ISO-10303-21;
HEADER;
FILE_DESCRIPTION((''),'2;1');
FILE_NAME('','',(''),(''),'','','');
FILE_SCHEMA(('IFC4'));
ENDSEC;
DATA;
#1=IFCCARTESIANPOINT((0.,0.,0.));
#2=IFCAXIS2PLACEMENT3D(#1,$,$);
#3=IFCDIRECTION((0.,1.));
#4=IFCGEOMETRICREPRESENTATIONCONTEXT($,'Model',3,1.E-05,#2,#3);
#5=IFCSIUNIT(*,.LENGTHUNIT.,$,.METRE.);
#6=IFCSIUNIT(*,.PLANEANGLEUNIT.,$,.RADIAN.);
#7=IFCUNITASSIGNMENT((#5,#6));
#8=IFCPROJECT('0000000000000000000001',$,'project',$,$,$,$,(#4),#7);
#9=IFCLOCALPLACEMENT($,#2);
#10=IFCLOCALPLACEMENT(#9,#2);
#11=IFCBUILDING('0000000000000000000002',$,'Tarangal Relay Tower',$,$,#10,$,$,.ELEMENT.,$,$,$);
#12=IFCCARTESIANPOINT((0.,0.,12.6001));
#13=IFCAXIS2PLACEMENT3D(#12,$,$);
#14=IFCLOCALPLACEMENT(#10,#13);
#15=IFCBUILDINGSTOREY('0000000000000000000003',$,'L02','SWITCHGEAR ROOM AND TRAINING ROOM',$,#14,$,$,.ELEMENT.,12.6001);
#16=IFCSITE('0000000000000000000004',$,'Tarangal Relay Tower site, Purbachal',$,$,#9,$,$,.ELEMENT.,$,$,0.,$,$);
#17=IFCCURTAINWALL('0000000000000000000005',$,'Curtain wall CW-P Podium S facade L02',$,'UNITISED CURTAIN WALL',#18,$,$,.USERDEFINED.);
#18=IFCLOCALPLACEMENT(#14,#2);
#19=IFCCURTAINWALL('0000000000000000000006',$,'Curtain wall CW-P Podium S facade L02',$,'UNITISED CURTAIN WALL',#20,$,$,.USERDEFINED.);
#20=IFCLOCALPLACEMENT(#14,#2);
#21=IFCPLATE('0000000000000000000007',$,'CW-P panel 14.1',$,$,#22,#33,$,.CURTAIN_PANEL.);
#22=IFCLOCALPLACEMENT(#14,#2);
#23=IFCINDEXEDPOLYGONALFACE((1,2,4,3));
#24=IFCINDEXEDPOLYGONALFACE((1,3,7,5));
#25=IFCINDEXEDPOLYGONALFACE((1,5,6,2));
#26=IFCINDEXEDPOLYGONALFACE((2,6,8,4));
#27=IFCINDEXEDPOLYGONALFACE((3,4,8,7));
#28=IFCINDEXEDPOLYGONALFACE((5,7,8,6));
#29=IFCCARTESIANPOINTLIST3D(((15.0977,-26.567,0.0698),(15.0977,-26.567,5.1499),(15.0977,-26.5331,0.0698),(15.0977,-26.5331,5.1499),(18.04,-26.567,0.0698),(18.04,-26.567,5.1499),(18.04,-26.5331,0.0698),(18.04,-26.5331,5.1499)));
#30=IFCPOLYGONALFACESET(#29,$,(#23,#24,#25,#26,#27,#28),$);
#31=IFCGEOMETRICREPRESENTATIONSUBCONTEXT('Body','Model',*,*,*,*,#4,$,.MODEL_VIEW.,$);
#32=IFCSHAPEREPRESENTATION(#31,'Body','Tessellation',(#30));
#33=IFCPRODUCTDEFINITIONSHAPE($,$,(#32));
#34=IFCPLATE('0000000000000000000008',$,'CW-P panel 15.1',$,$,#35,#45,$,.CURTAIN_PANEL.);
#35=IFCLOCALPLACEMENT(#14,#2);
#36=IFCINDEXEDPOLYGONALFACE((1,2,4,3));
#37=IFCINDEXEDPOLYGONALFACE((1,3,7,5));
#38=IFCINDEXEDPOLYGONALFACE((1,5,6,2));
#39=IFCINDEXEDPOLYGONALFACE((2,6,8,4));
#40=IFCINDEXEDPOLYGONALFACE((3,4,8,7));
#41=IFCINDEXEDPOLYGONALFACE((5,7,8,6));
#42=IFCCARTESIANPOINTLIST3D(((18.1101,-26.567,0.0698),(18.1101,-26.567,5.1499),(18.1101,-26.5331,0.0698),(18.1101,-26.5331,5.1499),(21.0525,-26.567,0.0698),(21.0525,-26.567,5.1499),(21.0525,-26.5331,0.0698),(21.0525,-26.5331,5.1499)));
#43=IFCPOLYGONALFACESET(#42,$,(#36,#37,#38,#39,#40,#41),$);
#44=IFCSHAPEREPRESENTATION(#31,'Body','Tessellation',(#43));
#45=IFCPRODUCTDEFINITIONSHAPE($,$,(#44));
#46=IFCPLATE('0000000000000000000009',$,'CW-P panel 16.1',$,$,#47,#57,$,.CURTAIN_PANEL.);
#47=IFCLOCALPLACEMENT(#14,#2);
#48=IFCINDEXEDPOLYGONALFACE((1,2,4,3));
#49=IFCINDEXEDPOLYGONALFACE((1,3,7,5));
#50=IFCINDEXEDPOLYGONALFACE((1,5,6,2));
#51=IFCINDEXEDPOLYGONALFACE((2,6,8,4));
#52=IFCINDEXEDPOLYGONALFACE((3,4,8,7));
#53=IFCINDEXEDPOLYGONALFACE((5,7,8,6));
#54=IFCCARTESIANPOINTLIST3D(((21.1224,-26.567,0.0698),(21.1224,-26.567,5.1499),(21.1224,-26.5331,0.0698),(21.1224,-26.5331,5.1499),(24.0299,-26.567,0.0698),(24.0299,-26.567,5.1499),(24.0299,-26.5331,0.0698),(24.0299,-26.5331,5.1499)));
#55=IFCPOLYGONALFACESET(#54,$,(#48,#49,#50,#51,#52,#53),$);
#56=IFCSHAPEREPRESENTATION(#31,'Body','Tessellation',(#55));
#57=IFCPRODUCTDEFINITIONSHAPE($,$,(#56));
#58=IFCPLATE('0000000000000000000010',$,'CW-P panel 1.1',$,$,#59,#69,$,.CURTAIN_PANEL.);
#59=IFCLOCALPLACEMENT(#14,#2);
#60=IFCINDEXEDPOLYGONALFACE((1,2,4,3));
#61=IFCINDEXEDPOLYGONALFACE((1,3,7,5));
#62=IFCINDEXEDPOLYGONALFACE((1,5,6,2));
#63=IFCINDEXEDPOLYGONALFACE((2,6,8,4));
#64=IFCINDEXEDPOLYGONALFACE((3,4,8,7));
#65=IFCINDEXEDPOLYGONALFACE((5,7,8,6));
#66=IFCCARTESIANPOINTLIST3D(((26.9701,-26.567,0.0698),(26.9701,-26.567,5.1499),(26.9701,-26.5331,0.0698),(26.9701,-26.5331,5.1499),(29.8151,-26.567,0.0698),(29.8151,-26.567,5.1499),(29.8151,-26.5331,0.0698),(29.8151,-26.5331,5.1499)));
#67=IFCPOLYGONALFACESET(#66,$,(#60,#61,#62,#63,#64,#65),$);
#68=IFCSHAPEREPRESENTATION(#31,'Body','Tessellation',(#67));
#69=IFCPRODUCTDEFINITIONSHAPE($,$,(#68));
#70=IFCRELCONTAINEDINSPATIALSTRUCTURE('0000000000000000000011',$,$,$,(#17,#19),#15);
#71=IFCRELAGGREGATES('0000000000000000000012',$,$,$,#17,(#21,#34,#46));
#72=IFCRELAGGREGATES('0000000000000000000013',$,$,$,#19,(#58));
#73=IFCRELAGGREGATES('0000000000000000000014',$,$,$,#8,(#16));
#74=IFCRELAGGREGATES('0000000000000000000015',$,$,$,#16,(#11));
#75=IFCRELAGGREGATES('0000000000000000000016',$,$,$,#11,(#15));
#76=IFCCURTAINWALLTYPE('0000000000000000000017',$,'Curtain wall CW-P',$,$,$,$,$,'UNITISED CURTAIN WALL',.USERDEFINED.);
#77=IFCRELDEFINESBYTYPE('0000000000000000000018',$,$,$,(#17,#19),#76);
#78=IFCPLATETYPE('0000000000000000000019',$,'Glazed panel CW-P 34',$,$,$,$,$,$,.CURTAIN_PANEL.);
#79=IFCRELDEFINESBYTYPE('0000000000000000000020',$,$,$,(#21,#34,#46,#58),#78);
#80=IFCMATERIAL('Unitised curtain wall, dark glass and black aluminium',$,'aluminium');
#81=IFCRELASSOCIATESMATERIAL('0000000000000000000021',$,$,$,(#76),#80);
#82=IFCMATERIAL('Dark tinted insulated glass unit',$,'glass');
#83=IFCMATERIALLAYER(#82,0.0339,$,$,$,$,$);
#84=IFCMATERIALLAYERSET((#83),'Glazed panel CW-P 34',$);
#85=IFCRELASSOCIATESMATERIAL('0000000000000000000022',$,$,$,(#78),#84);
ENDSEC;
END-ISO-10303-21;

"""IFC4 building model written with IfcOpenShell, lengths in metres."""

from ifc_helpers import new_model, si_unit, direction, frame, origin, origin_2d, place, context, subcontext, project, spatial, rectangle, extrude, material, layer, layer_set, type_object, element, aggregate, save


model = new_model("IFC4")

# Units and contexts
model_context = context("Model", 3, precision=1e-05, world=origin(), true_north=direction((0.0, 1.0)))
body_context = subcontext(model_context, "Body", "Model", "MODEL_VIEW")
ifc_project = project(units=[si_unit("LENGTHUNIT", "METRE"), si_unit("PLANEANGLEUNIT", "RADIAN")], contexts=[model_context])

# Site, building, storey
site_placement = place(None, origin())
site = spatial("IfcSite", under=ifc_project, at=site_placement, Name="Tarangal Relay Tower site, Purbachal", CompositionType="ELEMENT", RefElevation=0.0)
building_placement = place(site_placement, origin())
building = spatial("IfcBuilding", under=site, at=building_placement, Name="Tarangal Relay Tower", CompositionType="ELEMENT")
storey_placement = place(building_placement, frame((0.0, 0.0, 12.6001)))
storey = spatial("IfcBuildingStorey", under=building, at=storey_placement, Name="L02", Description="SWITCHGEAR ROOM AND TRAINING ROOM", CompositionType="ELEMENT", Elevation=12.6001)

# Curtain walls
ifc_material_1 = material(Name="Unitised curtain wall, dark glass and black aluminium", Category="aluminium")
curtain_wall_type = type_object("IfcCurtainWallType", Name="Curtain wall CW-P", ElementType="UNITISED CURTAIN WALL", PredefinedType="USERDEFINED", material=ifc_material_1)
curtain_wall_1_placement = place(storey_placement, origin())
curtain_wall_1 = element("IfcCurtainWall", 1, at=curtain_wall_1_placement, inside=storey, type_object=curtain_wall_type, Name="Curtain wall CW-P Podium S facade L02", ObjectType="UNITISED CURTAIN WALL", PredefinedType="USERDEFINED")
curtain_wall_2_placement = place(storey_placement, origin())
curtain_wall_2 = element("IfcCurtainWall", 2, at=curtain_wall_2_placement, inside=storey, type_object=curtain_wall_type, Name="Curtain wall CW-P Podium S facade L02", ObjectType="UNITISED CURTAIN WALL", PredefinedType="USERDEFINED")

# Plates
ifc_material_2 = material(Name="Dark tinted insulated glass unit", Category="glass")
ifc_layer = layer(ifc_material_2, 0.0339)
ifc_layer_set = layer_set([ifc_layer], Name="Glazed panel CW-P 34")
plate_type = type_object("IfcPlateType", Name="Glazed panel CW-P 34", PredefinedType="CURTAIN_PANEL", material=ifc_layer_set)
plate_1_placement = place(storey_placement, frame((16.5688, -26.55, 0.0698), z_axis=(0.0, 0.0, 1.0), x_axis=(1.0, 0.0, 0.0)))
plate_1 = element("IfcPlate", 3, at=plate_1_placement, type_object=plate_type, Name="CW-P panel 14.1", PredefinedType="CURTAIN_PANEL", context=body_context, shape_type="SweptSolid", body=[
    extrude(rectangle(XDim=2.9424, YDim=0.0339, at=origin_2d()), origin(), (0.0, 0.0, 1.0), 5.0801),
])
plate_2_placement = place(storey_placement, frame((19.5813, -26.55, 0.0698), z_axis=(0.0, 0.0, 1.0), x_axis=(1.0, 0.0, 0.0)))
plate_2 = element("IfcPlate", 4, at=plate_2_placement, type_object=plate_type, Name="CW-P panel 15.1", PredefinedType="CURTAIN_PANEL", context=body_context, shape_type="SweptSolid", body=[
    extrude(rectangle(XDim=2.9424, YDim=0.0339, at=origin_2d()), origin(), (0.0, 0.0, 1.0), 5.0801),
])
plate_3_placement = place(storey_placement, frame((22.5762, -26.55, 0.0698), z_axis=(0.0, 0.0, 1.0), x_axis=(1.0, 0.0, 0.0)))
plate_3 = element("IfcPlate", 5, at=plate_3_placement, type_object=plate_type, Name="CW-P panel 16.1", PredefinedType="CURTAIN_PANEL", context=body_context, shape_type="SweptSolid", body=[
    extrude(rectangle(XDim=2.9075, YDim=0.0339, at=origin_2d()), origin(), (0.0, 0.0, 1.0), 5.0801),
])
aggregate(curtain_wall_1, [plate_1, plate_2, plate_3])
plate_4_placement = place(storey_placement, frame((28.3926, -26.55, 0.0698), z_axis=(0.0, 0.0, 1.0), x_axis=(1.0, 0.0, 0.0)))
plate_4 = element("IfcPlate", 6, at=plate_4_placement, type_object=plate_type, Name="CW-P panel 1.1", PredefinedType="CURTAIN_PANEL", context=body_context, shape_type="SweptSolid", body=[
    extrude(rectangle(XDim=2.845, YDim=0.0339, at=origin_2d()), origin(), (0.0, 0.0, 1.0), 5.0801),
])
aggregate(curtain_wall_2, [plate_4])

save(model, "model.ifc")
